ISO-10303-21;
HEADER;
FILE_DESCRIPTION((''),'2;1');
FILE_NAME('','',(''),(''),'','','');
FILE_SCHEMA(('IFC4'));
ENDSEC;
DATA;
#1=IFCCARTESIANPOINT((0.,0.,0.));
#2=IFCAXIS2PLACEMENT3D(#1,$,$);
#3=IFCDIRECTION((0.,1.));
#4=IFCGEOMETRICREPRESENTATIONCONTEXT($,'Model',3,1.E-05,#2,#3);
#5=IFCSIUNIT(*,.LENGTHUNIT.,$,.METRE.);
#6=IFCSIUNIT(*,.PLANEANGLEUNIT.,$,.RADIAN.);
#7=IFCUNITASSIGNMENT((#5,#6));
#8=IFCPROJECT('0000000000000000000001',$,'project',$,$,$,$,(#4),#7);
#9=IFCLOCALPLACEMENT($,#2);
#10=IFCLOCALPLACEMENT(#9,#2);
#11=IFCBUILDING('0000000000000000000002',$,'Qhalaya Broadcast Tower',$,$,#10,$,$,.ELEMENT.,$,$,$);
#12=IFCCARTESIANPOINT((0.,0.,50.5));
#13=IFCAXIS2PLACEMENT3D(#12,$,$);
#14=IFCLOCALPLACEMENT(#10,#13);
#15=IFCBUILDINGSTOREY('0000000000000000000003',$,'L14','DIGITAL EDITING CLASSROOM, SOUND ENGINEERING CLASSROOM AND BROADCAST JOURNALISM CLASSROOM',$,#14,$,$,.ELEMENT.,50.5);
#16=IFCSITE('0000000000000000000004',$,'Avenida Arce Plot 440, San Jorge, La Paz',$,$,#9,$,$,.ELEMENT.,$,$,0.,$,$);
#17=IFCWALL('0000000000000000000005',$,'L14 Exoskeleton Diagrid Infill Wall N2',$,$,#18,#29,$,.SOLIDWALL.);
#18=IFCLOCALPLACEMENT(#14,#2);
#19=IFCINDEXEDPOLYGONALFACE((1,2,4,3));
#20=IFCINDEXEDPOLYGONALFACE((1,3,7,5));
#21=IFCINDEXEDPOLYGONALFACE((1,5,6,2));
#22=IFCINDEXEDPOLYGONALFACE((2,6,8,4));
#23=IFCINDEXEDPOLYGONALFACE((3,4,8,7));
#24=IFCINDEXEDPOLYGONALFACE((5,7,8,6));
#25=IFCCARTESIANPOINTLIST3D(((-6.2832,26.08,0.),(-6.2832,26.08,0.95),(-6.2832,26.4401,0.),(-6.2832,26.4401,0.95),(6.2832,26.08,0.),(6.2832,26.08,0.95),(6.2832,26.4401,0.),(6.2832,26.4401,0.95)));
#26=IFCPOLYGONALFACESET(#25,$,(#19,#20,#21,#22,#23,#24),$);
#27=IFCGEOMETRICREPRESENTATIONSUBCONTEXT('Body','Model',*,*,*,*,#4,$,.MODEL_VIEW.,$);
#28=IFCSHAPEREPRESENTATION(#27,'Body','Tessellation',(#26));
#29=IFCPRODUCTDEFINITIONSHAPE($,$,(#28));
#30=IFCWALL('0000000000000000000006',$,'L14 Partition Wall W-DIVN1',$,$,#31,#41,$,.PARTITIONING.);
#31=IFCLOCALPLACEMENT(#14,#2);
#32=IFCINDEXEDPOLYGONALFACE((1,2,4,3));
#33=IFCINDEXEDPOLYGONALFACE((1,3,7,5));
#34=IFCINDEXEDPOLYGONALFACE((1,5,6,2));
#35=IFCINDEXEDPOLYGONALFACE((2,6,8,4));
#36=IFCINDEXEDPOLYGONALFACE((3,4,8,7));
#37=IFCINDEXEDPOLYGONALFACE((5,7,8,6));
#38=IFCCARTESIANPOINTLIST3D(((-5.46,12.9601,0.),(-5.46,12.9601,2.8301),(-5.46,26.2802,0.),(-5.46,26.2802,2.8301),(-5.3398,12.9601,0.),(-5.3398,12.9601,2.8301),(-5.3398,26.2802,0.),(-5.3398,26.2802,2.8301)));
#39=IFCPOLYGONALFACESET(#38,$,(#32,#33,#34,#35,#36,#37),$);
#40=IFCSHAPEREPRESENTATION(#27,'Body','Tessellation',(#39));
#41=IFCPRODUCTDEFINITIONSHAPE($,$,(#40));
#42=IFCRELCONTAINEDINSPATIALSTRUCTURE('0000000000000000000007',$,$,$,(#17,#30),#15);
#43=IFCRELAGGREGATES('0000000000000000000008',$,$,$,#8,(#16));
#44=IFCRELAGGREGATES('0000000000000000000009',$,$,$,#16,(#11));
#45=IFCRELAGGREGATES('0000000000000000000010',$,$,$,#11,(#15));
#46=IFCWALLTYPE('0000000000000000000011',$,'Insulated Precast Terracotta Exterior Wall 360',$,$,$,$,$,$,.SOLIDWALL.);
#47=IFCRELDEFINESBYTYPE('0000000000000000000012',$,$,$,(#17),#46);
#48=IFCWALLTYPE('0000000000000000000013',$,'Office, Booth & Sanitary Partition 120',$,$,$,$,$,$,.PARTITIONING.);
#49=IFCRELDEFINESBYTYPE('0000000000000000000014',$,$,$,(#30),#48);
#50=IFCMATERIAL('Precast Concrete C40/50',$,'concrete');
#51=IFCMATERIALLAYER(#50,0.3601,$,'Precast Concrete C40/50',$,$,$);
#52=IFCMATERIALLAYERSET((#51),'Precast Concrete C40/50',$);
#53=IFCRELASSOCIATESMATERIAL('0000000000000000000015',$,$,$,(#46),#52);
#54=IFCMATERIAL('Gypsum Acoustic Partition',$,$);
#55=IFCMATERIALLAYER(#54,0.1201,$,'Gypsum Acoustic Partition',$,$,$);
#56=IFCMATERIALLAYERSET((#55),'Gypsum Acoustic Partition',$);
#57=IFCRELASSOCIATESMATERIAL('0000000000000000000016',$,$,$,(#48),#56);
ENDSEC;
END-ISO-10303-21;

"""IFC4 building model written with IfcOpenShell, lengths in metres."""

from ifc_helpers import new_model, si_unit, direction, frame, frame_2d, origin, place, context, subcontext, project, spatial, rectangle, extrude, material, layer, layer_set, type_object, element, save


model = new_model("IFC4")

# Units and contexts
model_context = context("Model", 3, precision=1e-05, world=origin(), true_north=direction((0.0, 1.0)))
body_context = subcontext(model_context, "Body", "Model", "MODEL_VIEW")
ifc_project = project(units=[si_unit("LENGTHUNIT", "METRE"), si_unit("PLANEANGLEUNIT", "RADIAN")], contexts=[model_context])

# Site, building, storey
site_placement = place(None, origin())
site = spatial("IfcSite", under=ifc_project, at=site_placement, Name="Avenida Arce Plot 440, San Jorge, La Paz", CompositionType="ELEMENT", RefElevation=0.0)
building_placement = place(site_placement, origin())
building = spatial("IfcBuilding", under=site, at=building_placement, Name="Qhalaya Broadcast Tower", CompositionType="ELEMENT")
storey_placement = place(building_placement, frame((0.0, 0.0, 50.5)))
storey = spatial("IfcBuildingStorey", under=building, at=storey_placement, Name="L14", Description="DIGITAL EDITING CLASSROOM, SOUND ENGINEERING CLASSROOM AND BROADCAST JOURNALISM CLASSROOM", CompositionType="ELEMENT", Elevation=50.5)

# Shared definitions
ifc_material_1 = material(Name="Gypsum Acoustic Partition")

# Walls
ifc_material_2 = material(Name="Precast Concrete C40/50", Category="concrete")
ifc_layer_1 = layer(ifc_material_2, 0.3601, Name="Precast Concrete C40/50")
ifc_layer_set_1 = layer_set([ifc_layer_1], Name="Precast Concrete C40/50")
wall_type_1 = type_object("IfcWallType", Name="Insulated Precast Terracotta Exterior Wall 360", PredefinedType="SOLIDWALL", material=ifc_layer_set_1)
wall_1_placement = place(storey_placement, frame((-6.2832, 26.26, 0.0), z_axis=(0.0, 0.0, 1.0), x_axis=(1.0, 0.0, 0.0)))
element("IfcWall", 1, at=wall_1_placement, inside=storey, type_object=wall_type_1, Name="L14 Exoskeleton Diagrid Infill Wall N2", PredefinedType="SOLIDWALL", context=body_context, shape_type="SweptSolid", body=[
    extrude(rectangle(XDim=12.5664, YDim=0.3601, at=frame_2d((6.2832, 0.0))), origin(), (0.0, 0.0, 1.0), 0.95),
])
ifc_layer_2 = layer(ifc_material_1, 0.1201, Name="Gypsum Acoustic Partition")
ifc_layer_set_2 = layer_set([ifc_layer_2], Name="Gypsum Acoustic Partition")
wall_type_2 = type_object("IfcWallType", Name="Office, Booth & Sanitary Partition 120", PredefinedType="PARTITIONING", material=ifc_layer_set_2)
wall_2_placement = place(storey_placement, frame((-5.3999, 12.96, 0.0), z_axis=(0.0, 0.0, 1.0), x_axis=(0.0, 1.0, 0.0)))
element("IfcWall", 2, at=wall_2_placement, inside=storey, type_object=wall_type_2, Name="L14 Partition Wall W-DIVN1", PredefinedType="PARTITIONING", context=body_context, shape_type="SweptSolid", body=[
    extrude(rectangle(XDim=13.3201, YDim=0.1201, at=frame_2d((6.6602, 0.0))), origin(), (0.0, 0.0, 1.0), 2.8301),
])

save(model, "model.ifc")
